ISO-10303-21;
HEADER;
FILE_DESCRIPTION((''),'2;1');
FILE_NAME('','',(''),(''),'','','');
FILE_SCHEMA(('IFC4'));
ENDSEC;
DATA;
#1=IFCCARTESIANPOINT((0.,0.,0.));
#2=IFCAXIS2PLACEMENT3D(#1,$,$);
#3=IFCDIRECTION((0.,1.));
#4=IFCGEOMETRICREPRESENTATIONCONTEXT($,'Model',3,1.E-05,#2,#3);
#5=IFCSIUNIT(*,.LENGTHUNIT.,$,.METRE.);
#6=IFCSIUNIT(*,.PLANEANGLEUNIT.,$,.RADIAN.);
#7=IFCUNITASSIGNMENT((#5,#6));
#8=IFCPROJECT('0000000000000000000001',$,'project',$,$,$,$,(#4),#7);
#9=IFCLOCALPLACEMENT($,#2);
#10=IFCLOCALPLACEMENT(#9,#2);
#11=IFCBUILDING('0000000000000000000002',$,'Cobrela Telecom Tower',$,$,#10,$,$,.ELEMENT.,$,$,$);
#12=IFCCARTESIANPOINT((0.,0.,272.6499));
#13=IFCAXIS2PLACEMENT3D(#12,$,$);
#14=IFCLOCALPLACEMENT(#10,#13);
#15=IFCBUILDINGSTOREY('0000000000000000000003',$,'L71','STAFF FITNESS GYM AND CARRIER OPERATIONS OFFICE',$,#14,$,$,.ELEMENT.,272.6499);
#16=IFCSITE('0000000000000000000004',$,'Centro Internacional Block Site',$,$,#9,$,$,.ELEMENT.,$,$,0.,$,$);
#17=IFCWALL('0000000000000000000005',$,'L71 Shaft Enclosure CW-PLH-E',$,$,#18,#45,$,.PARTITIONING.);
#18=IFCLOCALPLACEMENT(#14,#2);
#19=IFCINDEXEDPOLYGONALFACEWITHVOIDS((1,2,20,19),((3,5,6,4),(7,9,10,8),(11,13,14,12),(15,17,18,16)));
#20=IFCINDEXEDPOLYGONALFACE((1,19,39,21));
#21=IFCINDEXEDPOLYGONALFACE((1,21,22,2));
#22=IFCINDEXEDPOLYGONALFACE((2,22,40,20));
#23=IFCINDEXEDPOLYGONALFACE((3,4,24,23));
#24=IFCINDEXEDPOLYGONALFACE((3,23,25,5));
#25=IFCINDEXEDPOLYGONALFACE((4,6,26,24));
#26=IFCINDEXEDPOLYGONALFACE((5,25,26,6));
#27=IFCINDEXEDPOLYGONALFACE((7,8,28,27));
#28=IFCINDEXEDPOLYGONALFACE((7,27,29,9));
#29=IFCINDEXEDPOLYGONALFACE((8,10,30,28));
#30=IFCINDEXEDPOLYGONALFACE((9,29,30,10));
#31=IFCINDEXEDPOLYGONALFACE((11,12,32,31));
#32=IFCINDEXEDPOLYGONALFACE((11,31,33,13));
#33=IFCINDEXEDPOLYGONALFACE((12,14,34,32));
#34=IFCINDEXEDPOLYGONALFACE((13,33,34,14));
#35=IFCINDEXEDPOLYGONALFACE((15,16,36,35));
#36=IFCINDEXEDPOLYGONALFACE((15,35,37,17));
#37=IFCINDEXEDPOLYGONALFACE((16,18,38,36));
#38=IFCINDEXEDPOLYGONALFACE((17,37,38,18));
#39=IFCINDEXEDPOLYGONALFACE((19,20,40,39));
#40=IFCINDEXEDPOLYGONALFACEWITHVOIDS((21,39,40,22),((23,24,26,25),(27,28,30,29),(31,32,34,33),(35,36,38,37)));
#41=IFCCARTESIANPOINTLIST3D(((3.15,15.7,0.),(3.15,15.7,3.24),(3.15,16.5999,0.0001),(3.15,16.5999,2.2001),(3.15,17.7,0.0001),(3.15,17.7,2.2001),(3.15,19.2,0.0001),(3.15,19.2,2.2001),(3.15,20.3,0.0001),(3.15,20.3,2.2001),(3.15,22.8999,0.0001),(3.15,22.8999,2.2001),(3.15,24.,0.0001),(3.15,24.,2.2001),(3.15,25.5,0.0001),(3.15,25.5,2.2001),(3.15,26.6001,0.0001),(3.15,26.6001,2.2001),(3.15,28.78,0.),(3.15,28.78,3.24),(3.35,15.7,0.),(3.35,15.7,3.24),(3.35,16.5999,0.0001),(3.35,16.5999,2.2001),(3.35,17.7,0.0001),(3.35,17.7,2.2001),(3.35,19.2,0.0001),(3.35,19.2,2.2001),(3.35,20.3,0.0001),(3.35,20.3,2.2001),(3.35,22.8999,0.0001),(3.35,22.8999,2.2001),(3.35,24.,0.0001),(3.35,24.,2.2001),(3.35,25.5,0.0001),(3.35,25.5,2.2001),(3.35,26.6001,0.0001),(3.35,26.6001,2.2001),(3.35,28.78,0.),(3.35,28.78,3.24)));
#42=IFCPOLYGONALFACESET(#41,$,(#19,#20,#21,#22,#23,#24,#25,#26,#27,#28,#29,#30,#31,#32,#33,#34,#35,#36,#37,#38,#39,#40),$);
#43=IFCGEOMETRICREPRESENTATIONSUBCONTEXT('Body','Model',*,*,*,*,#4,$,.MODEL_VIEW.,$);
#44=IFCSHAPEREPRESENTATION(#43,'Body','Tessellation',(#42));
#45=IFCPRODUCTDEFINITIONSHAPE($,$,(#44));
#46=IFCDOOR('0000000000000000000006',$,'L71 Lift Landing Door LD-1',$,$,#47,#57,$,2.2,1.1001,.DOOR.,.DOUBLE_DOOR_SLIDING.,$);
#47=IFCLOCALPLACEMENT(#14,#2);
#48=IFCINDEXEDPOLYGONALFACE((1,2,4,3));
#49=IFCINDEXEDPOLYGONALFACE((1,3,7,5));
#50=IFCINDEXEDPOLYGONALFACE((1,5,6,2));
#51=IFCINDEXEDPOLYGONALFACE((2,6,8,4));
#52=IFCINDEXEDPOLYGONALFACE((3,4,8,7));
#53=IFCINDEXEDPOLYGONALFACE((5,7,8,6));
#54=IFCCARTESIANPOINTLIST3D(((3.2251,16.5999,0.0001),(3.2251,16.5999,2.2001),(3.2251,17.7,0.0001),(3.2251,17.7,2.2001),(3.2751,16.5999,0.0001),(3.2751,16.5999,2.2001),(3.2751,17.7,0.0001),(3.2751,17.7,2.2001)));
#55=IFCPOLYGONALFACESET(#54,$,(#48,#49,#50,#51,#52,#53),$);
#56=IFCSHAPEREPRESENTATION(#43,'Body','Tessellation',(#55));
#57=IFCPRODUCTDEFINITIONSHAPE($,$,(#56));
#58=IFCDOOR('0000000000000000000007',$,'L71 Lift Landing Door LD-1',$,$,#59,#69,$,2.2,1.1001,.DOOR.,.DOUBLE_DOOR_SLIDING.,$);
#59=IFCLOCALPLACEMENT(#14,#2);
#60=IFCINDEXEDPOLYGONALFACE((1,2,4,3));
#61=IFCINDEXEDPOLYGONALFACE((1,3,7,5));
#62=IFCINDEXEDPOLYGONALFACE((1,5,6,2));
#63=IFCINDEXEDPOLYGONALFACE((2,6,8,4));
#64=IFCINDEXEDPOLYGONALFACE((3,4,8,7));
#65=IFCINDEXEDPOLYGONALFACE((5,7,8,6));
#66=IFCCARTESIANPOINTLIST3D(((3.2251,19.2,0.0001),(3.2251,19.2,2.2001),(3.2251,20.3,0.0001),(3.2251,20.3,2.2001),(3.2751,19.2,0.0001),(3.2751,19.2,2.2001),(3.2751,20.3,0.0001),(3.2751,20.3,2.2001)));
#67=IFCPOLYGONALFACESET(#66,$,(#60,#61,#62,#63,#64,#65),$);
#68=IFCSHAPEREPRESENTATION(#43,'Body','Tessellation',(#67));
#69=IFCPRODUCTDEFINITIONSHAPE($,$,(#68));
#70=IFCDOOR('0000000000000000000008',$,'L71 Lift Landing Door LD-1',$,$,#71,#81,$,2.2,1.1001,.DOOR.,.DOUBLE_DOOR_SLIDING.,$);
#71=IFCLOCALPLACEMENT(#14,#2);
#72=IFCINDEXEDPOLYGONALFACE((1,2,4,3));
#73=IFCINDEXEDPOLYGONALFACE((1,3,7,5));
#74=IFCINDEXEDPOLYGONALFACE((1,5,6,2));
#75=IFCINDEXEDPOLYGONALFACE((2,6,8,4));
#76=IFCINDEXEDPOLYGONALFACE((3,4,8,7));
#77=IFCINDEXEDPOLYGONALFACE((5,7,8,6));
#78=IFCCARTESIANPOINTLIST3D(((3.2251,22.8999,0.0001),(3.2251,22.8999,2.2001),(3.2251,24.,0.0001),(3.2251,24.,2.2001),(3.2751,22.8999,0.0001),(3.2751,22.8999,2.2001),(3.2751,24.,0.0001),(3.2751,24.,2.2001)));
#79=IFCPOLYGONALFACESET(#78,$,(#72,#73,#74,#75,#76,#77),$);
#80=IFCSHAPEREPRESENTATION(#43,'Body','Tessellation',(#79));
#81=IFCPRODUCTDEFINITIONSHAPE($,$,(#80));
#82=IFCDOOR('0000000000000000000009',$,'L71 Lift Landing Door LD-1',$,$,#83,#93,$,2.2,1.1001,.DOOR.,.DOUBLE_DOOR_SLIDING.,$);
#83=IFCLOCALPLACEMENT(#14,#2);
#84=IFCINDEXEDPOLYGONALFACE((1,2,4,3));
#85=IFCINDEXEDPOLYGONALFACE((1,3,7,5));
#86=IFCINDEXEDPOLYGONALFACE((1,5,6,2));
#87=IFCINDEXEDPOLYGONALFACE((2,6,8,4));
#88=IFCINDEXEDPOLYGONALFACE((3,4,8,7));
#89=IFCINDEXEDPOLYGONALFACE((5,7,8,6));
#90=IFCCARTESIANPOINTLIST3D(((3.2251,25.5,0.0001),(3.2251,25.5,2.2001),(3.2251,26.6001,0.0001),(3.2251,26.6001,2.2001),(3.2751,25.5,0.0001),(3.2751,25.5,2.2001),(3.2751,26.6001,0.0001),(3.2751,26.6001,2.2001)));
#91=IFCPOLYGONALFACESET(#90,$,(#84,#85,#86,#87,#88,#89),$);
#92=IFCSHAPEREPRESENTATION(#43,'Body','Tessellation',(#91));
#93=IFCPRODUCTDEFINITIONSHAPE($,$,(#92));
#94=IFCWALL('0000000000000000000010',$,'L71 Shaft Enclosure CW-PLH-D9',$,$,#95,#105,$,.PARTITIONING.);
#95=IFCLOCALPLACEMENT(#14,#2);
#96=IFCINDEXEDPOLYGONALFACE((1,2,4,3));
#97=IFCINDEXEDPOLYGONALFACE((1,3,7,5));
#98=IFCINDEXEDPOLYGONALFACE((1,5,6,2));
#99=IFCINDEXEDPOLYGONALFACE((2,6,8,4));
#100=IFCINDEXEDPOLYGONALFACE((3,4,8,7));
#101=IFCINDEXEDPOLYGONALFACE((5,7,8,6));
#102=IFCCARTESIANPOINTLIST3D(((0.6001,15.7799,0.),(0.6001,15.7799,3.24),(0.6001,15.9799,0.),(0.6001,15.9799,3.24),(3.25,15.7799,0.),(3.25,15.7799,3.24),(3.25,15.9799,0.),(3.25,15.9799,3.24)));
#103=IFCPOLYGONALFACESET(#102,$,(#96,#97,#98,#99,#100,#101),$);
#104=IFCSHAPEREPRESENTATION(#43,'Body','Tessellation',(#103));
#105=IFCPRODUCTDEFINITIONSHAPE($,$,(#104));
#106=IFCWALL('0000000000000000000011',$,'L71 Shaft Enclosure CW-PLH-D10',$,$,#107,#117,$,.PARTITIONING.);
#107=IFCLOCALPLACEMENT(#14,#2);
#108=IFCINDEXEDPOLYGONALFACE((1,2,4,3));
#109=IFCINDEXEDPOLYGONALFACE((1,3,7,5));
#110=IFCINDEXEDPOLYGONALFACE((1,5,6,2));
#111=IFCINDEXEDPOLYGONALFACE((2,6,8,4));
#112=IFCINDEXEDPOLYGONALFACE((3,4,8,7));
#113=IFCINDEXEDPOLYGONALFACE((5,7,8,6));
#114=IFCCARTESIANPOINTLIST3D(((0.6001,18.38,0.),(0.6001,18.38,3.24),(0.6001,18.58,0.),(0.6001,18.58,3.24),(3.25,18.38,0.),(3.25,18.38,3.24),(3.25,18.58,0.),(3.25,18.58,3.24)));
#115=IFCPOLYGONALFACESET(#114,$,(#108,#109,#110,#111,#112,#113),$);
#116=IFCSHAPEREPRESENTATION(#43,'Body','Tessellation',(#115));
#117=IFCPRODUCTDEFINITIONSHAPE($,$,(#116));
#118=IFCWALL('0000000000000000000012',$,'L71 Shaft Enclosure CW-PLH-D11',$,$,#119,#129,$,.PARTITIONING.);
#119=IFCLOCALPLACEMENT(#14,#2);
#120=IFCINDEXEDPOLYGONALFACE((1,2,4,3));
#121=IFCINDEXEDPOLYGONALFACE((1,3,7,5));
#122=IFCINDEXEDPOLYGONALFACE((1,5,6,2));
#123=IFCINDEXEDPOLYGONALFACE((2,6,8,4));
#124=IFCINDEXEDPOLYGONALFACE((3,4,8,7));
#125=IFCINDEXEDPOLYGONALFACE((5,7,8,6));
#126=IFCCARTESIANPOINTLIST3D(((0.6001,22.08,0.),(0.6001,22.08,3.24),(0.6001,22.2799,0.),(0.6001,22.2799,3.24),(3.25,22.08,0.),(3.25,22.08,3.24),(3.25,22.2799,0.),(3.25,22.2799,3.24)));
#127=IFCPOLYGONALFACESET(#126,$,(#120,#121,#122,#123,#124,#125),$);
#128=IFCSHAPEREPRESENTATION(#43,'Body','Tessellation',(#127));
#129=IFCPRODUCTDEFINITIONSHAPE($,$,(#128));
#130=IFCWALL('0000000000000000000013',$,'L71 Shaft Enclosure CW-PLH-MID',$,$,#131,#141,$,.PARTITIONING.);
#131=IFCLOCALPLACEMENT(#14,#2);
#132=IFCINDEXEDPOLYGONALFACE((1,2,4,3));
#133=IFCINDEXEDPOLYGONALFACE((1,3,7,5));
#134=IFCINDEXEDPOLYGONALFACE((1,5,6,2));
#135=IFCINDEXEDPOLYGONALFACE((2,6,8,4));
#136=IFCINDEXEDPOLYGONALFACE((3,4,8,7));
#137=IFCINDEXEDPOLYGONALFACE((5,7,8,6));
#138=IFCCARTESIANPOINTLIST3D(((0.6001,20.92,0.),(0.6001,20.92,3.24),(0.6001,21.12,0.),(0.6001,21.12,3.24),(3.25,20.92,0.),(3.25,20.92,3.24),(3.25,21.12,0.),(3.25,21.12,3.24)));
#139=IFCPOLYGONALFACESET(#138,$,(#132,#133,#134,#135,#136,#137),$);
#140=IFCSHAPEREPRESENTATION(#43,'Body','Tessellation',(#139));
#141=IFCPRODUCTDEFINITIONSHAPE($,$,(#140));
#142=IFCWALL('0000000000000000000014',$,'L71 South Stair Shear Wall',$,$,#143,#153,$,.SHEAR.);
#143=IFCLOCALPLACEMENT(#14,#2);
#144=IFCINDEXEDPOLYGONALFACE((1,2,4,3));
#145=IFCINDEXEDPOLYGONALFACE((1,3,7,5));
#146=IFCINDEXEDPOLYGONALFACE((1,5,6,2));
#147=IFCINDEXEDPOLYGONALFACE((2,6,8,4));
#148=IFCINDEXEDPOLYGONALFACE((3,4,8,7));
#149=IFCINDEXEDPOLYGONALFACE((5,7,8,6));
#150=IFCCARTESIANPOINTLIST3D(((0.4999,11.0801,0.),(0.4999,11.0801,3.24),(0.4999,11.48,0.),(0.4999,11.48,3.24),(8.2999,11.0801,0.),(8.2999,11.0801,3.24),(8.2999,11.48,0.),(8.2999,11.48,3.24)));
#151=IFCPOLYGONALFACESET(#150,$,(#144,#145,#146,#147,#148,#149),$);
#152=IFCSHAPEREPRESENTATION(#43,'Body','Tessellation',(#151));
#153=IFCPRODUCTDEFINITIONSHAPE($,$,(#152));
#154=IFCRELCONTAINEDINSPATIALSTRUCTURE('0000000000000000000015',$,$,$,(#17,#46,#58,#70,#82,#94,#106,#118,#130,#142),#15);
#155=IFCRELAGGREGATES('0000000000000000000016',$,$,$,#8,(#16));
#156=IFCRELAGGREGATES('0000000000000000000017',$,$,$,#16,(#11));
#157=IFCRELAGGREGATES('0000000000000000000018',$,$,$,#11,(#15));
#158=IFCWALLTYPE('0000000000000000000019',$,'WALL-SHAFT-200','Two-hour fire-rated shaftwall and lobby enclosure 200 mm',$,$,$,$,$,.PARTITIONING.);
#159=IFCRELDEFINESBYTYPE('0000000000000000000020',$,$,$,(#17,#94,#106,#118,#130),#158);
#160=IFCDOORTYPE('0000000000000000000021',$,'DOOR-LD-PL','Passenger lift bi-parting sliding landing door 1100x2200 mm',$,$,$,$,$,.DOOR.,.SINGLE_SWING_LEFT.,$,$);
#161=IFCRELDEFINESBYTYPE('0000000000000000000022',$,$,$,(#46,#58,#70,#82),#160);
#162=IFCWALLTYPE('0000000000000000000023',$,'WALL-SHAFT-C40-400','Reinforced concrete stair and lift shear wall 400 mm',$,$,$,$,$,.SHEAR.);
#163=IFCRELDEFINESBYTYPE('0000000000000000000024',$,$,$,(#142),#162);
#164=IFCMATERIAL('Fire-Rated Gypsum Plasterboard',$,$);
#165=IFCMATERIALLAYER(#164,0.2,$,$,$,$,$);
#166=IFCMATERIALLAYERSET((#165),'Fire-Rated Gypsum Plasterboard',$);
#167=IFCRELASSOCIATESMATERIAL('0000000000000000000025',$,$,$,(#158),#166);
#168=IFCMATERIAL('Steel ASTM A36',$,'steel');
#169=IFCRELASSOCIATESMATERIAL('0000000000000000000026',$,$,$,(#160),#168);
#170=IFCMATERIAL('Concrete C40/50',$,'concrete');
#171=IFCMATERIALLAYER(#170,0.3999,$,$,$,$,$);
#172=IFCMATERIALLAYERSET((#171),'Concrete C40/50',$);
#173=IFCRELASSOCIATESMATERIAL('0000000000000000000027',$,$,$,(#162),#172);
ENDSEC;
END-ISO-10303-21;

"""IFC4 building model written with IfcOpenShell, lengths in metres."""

from ifc_helpers import new_model, si_unit, direction, frame, frame_2d, origin, place, context, subcontext, project, spatial, rectangle, extrude, material, layer, layer_set, type_object, element, fill, save


model = new_model("IFC4")

# Units and contexts
model_context = context("Model", 3, precision=1e-05, world=origin(), true_north=direction((0.0, 1.0)))
body_context = subcontext(model_context, "Body", "Model", "MODEL_VIEW")
ifc_project = project(units=[si_unit("LENGTHUNIT", "METRE"), si_unit("PLANEANGLEUNIT", "RADIAN")], contexts=[model_context])

# Site, building, storey
site_placement = place(None, origin())
site = spatial("IfcSite", under=ifc_project, at=site_placement, Name="Centro Internacional Block Site", CompositionType="ELEMENT", RefElevation=0.0)
building_placement = place(site_placement, origin())
building = spatial("IfcBuilding", under=site, at=building_placement, Name="Cobrela Telecom Tower", CompositionType="ELEMENT")
storey_placement = place(building_placement, frame((0.0, 0.0, 272.6499)))
storey = spatial("IfcBuildingStorey", under=building, at=storey_placement, Name="L71", Description="STAFF FITNESS GYM AND CARRIER OPERATIONS OFFICE", CompositionType="ELEMENT", Elevation=272.6499)

# Shared definitions
ifc_material_1 = material(Name="Fire-Rated Gypsum Plasterboard")

# Wall, openings, doors
ifc_layer_1 = layer(ifc_material_1, 0.2)
ifc_layer_set_1 = layer_set([ifc_layer_1], Name="Fire-Rated Gypsum Plasterboard")
wall_type_1 = type_object("IfcWallType", Name="WALL-SHAFT-200", Description="Two-hour fire-rated shaftwall and lobby enclosure 200 mm", PredefinedType="PARTITIONING", material=ifc_layer_set_1)
wall_1_placement = place(storey_placement, frame((3.25, 15.7, 0.0), z_axis=(0.0, 0.0, 1.0), x_axis=(0.0, 1.0, 0.0)))
wall_1 = element("IfcWall", 1, at=wall_1_placement, inside=storey, type_object=wall_type_1, Name="L71 Shaft Enclosure CW-PLH-E", PredefinedType="PARTITIONING", context=body_context, shape_type="SweptSolid", body=[
    extrude(rectangle(XDim=13.0801, YDim=0.2, at=frame_2d((6.54, 0.0))), origin(), (0.0, 0.0, 1.0), 3.24),
])
opening_1_placement = place(wall_1_placement, frame((0.8999, 0.0, 0.0)))
opening_1 = element("IfcOpeningElement", 2, at=opening_1_placement, cuts=wall_1, PredefinedType="OPENING", context=body_context, shape_type="SweptSolid", body=[
    extrude(rectangle(XDim=1.1001, YDim=2.2, at=frame_2d((0.55, 1.1001))), frame((0.0, 0.1118, 0.0), z_axis=(0.0, -1.0, 0.0), x_axis=(1.0, 0.0, 0.0)), (0.0, 0.0, 1.0), 0.2239),
])
opening_2_placement = place(wall_1_placement, frame((3.5, 0.0, 0.0)))
opening_2 = element("IfcOpeningElement", 3, at=opening_2_placement, cuts=wall_1, PredefinedType="OPENING", context=body_context, shape_type="SweptSolid", body=[
    extrude(rectangle(XDim=1.1001, YDim=2.2, at=frame_2d((0.55, 1.1001))), frame((0.0, 0.1118, 0.0), z_axis=(0.0, -1.0, 0.0), x_axis=(1.0, 0.0, 0.0)), (0.0, 0.0, 1.0), 0.2239),
])
opening_3_placement = place(wall_1_placement, frame((7.2, 0.0, 0.0)))
opening_3 = element("IfcOpeningElement", 4, at=opening_3_placement, cuts=wall_1, PredefinedType="OPENING", context=body_context, shape_type="SweptSolid", body=[
    extrude(rectangle(XDim=1.1001, YDim=2.2, at=frame_2d((0.55, 1.1001))), frame((0.0, 0.1118, 0.0), z_axis=(0.0, -1.0, 0.0), x_axis=(1.0, 0.0, 0.0)), (0.0, 0.0, 1.0), 0.2239),
])
opening_4_placement = place(wall_1_placement, frame((9.8, 0.0, 0.0)))
opening_4 = element("IfcOpeningElement", 5, at=opening_4_placement, cuts=wall_1, PredefinedType="OPENING", context=body_context, shape_type="SweptSolid", body=[
    extrude(rectangle(XDim=1.1001, YDim=2.2, at=frame_2d((0.55, 1.1001))), frame((0.0, 0.1118, 0.0), z_axis=(0.0, -1.0, 0.0), x_axis=(1.0, 0.0, 0.0)), (0.0, 0.0, 1.0), 0.2239),
])
ifc_material_2 = material(Name="Steel ASTM A36", Category="steel")
door_type_1 = type_object("IfcDoorType", Name="DOOR-LD-PL", Description="Passenger lift bi-parting sliding landing door 1100x2200 mm", OperationType="SINGLE_SWING_LEFT", PredefinedType="DOOR", material=ifc_material_2)
door_1_placement = place(opening_1_placement, origin())
door_1 = element("IfcDoor", 6, at=door_1_placement, inside=storey, type_object=door_type_1, Name="L71 Lift Landing Door LD-1", OperationType="DOUBLE_DOOR_SLIDING", OverallHeight=2.2, OverallWidth=1.1001, PredefinedType="DOOR", context=body_context, shape_type="SweptSolid", body=[
    extrude(rectangle(XDim=1.1001, YDim=2.2, at=frame_2d((0.55, 1.1001))), frame((0.0, 0.0249, 0.0), z_axis=(0.0, -1.0, 0.0), x_axis=(1.0, 0.0, 0.0)), (0.0, 0.0, 1.0), 0.05),
])
fill(opening_1, door_1)
door_2_placement = place(opening_2_placement, origin())
door_2 = element("IfcDoor", 7, at=door_2_placement, inside=storey, type_object=door_type_1, Name="L71 Lift Landing Door LD-1", OperationType="DOUBLE_DOOR_SLIDING", OverallHeight=2.2, OverallWidth=1.1001, PredefinedType="DOOR", context=body_context, shape_type="SweptSolid", body=[
    extrude(rectangle(XDim=1.1001, YDim=2.2, at=frame_2d((0.55, 1.1001))), frame((0.0, 0.0249, 0.0), z_axis=(0.0, -1.0, 0.0), x_axis=(1.0, 0.0, 0.0)), (0.0, 0.0, 1.0), 0.05),
])
fill(opening_2, door_2)
door_3_placement = place(opening_3_placement, origin())
door_3 = element("IfcDoor", 8, at=door_3_placement, inside=storey, type_object=door_type_1, Name="L71 Lift Landing Door LD-1", OperationType="DOUBLE_DOOR_SLIDING", OverallHeight=2.2, OverallWidth=1.1001, PredefinedType="DOOR", context=body_context, shape_type="SweptSolid", body=[
    extrude(rectangle(XDim=1.1001, YDim=2.2, at=frame_2d((0.55, 1.1001))), frame((0.0, 0.0249, 0.0), z_axis=(0.0, -1.0, 0.0), x_axis=(1.0, 0.0, 0.0)), (0.0, 0.0, 1.0), 0.05),
])
fill(opening_3, door_3)
door_4_placement = place(opening_4_placement, origin())
door_4 = element("IfcDoor", 9, at=door_4_placement, inside=storey, type_object=door_type_1, Name="L71 Lift Landing Door LD-1", OperationType="DOUBLE_DOOR_SLIDING", OverallHeight=2.2, OverallWidth=1.1001, PredefinedType="DOOR", context=body_context, shape_type="SweptSolid", body=[
    extrude(rectangle(XDim=1.1001, YDim=2.2, at=frame_2d((0.55, 1.1001))), frame((0.0, 0.0249, 0.0), z_axis=(0.0, -1.0, 0.0), x_axis=(1.0, 0.0, 0.0)), (0.0, 0.0, 1.0), 0.05),
])
fill(opening_4, door_4)

# Walls
for number, where, z_axis, x_axis, name in (
    (10, (0.6001, 15.8799, 0.0), (0.0, 0.0, 1.0), (1.0, 0.0, 0.0), "L71 Shaft Enclosure CW-PLH-D9"),
    (11, (0.6001, 18.48, 0.0), (0.0, 0.0, 1.0), (1.0, 0.0, 0.0), "L71 Shaft Enclosure CW-PLH-D10"),
    (12, (0.6001, 22.1799, 0.0), (0.0, 0.0, 1.0), (1.0, 0.0, 0.0), "L71 Shaft Enclosure CW-PLH-D11"),
    (13, (0.6001, 21.02, 0.0), (0.0, 0.0, 1.0), (1.0, 0.0, 0.0), "L71 Shaft Enclosure CW-PLH-MID"),
):
    element("IfcWall", number, at=place(storey_placement, frame(where, z_axis=z_axis, x_axis=x_axis)), inside=storey, type_object=wall_type_1, Name=name, PredefinedType="PARTITIONING", context=body_context, shape_type="SweptSolid", body=[
        extrude(rectangle(XDim=2.6499, YDim=0.2, at=frame_2d((1.325, 0.0))), origin(), (0.0, 0.0, 1.0), 3.24),
    ])
ifc_material_3 = material(Name="Concrete C40/50", Category="concrete")
ifc_layer_2 = layer(ifc_material_3, 0.3999)
ifc_layer_set_2 = layer_set([ifc_layer_2], Name="Concrete C40/50")
wall_type_2 = type_object("IfcWallType", Name="WALL-SHAFT-C40-400", Description="Reinforced concrete stair and lift shear wall 400 mm", PredefinedType="SHEAR", material=ifc_layer_set_2)
wall_2_placement = place(storey_placement, frame((0.5, 11.28, 0.0), z_axis=(0.0, 0.0, 1.0), x_axis=(1.0, 0.0, 0.0)))
element("IfcWall", 14, at=wall_2_placement, inside=storey, type_object=wall_type_2, Name="L71 South Stair Shear Wall", PredefinedType="SHEAR", context=body_context, shape_type="SweptSolid", body=[
    extrude(rectangle(XDim=7.8, YDim=0.3999, at=frame_2d((3.8999, 0.0))), origin(), (0.0, 0.0, 1.0), 3.24),
])

save(model, "model.ifc")
